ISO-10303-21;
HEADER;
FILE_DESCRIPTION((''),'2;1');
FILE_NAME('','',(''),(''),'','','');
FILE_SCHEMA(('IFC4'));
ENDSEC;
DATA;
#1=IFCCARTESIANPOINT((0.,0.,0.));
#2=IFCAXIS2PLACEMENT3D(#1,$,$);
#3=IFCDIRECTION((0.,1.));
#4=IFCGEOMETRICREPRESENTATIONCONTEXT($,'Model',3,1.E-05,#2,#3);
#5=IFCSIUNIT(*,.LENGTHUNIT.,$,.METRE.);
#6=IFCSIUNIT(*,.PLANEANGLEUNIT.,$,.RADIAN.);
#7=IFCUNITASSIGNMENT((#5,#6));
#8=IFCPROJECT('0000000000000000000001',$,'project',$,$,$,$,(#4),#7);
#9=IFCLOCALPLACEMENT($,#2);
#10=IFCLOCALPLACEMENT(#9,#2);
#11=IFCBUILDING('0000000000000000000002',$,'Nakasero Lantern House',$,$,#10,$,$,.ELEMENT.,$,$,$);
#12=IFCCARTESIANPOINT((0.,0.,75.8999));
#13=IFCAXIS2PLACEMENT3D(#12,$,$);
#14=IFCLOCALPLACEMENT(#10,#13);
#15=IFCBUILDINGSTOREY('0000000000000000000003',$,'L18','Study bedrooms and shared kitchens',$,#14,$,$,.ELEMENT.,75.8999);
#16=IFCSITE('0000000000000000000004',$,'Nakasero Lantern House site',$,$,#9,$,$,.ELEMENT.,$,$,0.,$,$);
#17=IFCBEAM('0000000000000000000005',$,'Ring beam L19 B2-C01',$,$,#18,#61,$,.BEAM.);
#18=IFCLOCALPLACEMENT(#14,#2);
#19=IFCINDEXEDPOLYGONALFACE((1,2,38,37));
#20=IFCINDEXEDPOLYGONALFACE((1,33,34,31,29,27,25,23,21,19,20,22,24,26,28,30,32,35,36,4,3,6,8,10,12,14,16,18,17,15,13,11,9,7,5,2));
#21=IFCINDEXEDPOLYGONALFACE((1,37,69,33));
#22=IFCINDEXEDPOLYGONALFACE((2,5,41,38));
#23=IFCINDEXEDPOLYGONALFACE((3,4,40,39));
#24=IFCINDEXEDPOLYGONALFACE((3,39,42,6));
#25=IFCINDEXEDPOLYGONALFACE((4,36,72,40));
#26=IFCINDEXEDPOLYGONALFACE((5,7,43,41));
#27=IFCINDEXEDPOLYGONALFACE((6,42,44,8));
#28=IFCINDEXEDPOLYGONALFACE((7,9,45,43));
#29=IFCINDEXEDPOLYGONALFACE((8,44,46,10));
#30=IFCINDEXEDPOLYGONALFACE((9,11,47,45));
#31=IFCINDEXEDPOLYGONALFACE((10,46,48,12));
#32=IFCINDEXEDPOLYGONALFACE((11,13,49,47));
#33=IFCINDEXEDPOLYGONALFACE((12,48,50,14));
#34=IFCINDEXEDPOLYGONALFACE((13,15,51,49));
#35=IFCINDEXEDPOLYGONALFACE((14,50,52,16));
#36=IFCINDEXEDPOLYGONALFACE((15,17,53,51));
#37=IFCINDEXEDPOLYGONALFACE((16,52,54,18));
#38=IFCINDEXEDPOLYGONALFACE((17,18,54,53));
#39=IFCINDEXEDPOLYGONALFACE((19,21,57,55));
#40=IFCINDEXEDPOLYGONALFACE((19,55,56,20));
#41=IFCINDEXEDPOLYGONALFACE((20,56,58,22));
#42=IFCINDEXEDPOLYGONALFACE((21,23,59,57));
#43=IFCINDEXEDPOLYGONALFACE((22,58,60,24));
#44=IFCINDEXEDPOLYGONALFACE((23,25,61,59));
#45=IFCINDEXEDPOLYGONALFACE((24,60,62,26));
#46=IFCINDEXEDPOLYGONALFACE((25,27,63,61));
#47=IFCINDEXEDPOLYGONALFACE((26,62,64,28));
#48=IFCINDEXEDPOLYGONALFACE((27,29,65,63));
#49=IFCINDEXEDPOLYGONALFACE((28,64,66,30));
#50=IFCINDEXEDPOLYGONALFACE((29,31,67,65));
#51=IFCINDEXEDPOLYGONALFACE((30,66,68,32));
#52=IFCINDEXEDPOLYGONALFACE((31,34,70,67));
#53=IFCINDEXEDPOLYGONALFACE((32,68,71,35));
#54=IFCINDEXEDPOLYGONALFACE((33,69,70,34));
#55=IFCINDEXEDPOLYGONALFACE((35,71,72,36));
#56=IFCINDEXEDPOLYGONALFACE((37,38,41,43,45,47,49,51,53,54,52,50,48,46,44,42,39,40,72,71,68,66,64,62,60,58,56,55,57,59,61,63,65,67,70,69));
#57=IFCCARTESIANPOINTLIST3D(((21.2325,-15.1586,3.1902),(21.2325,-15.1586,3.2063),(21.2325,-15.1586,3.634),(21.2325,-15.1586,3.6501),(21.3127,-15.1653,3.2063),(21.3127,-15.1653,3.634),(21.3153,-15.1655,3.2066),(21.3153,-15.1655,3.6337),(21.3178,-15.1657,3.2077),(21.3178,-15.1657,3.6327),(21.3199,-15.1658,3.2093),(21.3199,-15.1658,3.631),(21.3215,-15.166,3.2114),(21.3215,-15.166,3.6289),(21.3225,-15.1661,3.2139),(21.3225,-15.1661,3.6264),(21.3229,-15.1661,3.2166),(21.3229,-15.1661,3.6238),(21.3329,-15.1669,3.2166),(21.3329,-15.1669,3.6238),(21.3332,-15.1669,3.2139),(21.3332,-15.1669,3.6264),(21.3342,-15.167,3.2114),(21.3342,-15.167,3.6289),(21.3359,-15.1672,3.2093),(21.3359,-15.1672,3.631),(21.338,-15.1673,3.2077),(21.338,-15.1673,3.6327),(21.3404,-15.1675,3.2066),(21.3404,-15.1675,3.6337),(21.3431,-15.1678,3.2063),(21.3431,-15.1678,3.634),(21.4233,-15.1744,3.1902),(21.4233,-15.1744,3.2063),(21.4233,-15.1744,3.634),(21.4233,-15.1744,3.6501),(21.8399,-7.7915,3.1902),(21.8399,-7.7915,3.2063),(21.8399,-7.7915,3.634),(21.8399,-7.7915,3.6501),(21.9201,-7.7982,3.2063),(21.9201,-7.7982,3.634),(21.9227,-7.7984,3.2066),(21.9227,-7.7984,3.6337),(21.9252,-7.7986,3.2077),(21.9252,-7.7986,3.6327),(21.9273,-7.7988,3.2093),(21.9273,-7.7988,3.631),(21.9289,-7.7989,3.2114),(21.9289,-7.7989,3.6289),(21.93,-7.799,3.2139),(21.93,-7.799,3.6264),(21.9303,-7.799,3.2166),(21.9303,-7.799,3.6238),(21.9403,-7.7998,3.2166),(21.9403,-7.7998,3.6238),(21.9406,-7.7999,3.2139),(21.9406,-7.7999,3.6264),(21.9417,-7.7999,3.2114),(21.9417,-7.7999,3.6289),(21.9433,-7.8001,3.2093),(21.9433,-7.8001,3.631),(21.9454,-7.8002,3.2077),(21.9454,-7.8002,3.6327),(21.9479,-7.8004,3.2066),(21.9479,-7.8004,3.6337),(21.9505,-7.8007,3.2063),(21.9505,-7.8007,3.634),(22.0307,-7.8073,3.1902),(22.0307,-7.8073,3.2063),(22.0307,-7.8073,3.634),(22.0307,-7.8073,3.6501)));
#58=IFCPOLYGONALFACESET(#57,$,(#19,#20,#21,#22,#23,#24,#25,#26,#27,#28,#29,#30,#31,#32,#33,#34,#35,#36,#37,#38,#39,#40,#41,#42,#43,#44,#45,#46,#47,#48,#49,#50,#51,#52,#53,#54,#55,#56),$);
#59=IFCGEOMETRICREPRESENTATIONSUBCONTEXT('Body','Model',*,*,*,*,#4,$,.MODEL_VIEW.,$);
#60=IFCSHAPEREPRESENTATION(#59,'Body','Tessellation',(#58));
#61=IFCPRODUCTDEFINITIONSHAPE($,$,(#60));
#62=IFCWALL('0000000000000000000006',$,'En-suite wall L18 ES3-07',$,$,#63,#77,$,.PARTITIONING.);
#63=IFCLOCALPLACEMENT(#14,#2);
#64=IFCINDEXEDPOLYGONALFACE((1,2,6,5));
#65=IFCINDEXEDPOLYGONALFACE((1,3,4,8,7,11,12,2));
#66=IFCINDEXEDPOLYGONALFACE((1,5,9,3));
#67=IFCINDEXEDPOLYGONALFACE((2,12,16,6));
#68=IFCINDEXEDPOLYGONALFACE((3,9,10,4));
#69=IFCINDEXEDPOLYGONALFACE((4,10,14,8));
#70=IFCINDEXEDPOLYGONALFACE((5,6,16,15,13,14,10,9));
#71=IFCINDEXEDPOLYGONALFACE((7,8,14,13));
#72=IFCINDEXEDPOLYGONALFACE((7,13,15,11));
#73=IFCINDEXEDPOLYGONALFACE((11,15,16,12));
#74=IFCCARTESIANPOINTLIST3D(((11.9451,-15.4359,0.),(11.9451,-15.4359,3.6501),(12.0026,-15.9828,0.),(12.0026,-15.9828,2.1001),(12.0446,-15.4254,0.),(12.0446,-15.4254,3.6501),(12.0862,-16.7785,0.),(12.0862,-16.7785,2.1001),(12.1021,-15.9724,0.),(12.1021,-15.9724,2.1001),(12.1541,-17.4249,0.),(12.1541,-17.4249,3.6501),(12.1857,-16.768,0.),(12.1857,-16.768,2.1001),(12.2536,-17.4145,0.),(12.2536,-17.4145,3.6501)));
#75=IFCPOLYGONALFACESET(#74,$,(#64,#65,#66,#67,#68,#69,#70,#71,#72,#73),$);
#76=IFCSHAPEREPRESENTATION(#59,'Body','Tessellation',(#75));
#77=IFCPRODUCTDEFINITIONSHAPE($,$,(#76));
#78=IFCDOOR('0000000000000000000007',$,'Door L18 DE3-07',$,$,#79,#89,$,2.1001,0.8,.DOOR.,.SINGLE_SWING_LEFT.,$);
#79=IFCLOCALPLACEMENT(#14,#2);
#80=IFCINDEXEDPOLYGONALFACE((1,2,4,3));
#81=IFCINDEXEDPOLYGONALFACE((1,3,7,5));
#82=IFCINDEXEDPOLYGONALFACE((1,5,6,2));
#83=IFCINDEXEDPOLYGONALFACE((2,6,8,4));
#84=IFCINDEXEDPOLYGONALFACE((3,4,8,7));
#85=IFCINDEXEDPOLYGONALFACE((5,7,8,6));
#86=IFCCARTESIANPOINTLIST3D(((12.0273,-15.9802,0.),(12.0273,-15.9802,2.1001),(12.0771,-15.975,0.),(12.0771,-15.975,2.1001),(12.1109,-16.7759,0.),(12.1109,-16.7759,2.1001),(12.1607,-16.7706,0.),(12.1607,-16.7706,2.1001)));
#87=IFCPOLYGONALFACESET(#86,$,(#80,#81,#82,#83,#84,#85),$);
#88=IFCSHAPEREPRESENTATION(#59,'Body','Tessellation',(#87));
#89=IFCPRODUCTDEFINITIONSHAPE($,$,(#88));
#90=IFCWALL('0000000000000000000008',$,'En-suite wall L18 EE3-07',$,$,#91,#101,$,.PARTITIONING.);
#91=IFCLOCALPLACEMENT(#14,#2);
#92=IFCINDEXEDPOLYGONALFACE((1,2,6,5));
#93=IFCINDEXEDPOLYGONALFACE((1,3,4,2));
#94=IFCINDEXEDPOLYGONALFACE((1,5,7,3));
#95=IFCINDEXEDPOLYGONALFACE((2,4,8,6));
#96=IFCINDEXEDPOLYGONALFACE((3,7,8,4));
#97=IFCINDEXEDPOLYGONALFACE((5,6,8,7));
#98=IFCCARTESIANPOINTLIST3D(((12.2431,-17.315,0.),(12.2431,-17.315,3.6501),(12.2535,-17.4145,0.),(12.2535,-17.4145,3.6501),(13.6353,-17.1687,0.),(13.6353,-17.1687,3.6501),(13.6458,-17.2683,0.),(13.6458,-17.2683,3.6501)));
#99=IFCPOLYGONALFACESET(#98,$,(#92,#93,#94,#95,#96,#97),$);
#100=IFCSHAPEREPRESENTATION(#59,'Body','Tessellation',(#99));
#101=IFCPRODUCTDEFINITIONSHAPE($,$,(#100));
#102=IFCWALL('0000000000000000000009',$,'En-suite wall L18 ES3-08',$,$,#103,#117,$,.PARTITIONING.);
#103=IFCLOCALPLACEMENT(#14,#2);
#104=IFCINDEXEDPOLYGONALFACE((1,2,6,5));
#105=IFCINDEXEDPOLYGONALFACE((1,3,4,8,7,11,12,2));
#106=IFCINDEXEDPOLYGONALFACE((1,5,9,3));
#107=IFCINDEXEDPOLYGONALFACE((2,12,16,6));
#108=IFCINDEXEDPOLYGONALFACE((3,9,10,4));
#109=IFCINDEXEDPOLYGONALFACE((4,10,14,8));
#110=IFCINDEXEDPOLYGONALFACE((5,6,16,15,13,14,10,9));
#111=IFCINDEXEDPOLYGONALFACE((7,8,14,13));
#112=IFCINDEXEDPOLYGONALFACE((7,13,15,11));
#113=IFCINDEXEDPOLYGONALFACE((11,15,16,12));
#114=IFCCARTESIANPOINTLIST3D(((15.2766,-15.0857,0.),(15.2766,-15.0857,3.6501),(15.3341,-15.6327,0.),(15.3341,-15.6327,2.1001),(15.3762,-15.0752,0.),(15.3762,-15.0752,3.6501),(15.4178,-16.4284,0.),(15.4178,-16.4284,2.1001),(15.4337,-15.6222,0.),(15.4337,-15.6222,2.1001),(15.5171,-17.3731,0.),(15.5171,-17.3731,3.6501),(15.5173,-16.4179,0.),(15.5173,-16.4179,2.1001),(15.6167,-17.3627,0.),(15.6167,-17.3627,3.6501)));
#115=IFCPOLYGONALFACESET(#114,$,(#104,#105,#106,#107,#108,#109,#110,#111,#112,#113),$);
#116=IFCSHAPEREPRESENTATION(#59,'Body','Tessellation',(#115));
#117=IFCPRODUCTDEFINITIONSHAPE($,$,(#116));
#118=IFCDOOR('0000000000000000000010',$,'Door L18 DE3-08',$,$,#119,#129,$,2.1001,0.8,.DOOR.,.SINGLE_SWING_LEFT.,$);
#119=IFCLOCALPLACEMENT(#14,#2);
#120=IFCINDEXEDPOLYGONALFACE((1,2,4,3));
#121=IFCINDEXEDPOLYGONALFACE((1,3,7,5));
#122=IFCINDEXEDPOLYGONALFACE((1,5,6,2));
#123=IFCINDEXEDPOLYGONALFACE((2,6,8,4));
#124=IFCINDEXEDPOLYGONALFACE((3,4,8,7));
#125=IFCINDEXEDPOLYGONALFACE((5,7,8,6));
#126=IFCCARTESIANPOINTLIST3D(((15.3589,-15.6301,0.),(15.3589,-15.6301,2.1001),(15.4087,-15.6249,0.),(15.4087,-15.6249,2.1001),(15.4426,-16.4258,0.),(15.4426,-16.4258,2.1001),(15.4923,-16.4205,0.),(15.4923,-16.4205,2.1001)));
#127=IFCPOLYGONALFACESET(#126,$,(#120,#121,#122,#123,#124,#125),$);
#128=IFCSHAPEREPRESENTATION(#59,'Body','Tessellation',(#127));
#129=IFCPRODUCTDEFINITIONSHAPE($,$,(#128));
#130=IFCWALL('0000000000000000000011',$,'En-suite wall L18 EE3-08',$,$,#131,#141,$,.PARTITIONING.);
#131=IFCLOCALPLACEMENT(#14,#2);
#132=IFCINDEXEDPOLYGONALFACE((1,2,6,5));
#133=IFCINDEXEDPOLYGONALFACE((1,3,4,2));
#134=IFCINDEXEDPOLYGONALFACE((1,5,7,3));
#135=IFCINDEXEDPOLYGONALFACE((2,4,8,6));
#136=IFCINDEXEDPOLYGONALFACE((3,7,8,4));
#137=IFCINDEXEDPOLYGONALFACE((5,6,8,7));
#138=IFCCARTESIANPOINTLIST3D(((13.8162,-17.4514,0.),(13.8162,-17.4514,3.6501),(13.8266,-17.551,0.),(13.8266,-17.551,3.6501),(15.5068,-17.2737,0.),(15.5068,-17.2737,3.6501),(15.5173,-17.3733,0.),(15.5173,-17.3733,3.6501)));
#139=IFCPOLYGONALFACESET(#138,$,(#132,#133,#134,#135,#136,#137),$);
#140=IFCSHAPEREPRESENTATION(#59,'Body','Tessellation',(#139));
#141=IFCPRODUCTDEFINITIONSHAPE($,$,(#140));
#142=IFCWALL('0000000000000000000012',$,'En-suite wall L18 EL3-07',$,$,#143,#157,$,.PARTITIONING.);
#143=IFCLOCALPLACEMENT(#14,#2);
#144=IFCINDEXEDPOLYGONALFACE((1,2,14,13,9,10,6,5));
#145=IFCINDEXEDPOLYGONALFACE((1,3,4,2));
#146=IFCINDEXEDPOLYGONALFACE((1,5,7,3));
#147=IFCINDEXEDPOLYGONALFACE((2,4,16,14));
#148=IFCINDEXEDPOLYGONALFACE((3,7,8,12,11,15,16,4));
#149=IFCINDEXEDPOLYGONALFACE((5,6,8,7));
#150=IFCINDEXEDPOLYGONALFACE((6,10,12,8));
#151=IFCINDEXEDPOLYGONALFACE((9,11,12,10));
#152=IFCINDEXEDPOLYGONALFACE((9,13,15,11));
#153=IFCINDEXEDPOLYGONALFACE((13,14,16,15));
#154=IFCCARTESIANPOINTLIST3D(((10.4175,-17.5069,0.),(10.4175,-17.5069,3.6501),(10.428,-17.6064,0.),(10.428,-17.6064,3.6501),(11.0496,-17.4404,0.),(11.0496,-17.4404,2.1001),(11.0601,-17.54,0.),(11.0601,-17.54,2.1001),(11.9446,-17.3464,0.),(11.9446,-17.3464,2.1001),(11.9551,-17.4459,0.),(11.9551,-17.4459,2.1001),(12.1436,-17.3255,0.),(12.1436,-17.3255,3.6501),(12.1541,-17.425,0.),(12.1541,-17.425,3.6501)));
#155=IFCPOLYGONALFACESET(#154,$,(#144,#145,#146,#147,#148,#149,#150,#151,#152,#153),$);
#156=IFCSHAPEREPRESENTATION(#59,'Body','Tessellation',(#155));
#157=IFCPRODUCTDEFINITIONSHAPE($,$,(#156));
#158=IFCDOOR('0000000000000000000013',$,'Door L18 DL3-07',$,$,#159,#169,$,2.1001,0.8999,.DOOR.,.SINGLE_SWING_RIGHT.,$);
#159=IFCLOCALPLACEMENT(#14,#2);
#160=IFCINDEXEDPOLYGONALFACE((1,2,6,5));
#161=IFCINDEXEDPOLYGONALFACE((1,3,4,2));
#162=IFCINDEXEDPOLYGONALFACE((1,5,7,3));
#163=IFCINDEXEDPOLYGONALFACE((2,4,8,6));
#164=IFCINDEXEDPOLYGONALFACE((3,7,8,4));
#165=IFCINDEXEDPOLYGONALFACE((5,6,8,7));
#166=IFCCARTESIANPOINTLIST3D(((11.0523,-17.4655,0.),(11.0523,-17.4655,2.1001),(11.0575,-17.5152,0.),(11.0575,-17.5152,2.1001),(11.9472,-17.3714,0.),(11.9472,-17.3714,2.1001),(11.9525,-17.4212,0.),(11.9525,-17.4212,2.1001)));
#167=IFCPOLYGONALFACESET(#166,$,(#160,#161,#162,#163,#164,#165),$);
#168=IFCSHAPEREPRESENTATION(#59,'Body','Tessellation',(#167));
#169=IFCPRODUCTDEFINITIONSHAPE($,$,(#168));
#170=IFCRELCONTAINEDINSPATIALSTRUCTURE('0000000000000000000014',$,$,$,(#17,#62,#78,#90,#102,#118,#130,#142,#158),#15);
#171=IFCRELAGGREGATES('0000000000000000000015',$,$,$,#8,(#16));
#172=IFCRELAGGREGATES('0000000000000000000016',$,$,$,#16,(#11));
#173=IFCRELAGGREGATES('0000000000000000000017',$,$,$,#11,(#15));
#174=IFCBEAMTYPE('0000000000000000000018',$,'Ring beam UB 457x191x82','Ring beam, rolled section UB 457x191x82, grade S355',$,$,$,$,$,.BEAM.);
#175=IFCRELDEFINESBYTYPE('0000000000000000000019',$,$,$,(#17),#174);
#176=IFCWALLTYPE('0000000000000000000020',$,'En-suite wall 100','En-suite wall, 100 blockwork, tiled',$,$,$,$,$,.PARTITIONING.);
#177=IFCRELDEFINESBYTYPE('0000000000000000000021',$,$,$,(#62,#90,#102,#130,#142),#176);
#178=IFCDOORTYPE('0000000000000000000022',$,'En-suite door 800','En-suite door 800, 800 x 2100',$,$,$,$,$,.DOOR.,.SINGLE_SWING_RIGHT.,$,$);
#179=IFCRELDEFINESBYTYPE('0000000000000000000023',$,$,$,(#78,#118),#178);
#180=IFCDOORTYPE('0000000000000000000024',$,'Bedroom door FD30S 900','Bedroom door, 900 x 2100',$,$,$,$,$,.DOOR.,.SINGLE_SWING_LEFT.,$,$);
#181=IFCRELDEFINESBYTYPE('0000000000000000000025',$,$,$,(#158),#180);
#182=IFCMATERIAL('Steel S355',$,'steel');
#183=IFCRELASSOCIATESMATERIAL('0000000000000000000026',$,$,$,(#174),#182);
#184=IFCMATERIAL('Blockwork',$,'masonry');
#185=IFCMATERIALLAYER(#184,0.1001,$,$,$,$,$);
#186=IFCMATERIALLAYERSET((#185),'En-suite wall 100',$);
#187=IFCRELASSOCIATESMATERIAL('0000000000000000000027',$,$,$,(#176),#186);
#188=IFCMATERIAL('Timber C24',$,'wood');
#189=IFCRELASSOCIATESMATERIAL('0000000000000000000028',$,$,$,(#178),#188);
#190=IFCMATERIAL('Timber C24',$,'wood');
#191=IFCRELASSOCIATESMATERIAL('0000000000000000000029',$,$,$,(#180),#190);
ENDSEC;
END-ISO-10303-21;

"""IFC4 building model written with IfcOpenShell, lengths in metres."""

from ifc_helpers import new_model, si_unit, direction, frame, frame_2d, origin, origin_2d, place, context, subcontext, project, spatial, rectangle, i_section, extrude, material, layer, layer_set, material_profile, profile_set, type_object, element, fill, save


model = new_model("IFC4")

# Units and contexts
model_context = context("Model", 3, precision=1e-05, world=origin(), true_north=direction((0.0, 1.0)))
body_context = subcontext(model_context, "Body", "Model", "MODEL_VIEW")
ifc_project = project(units=[si_unit("LENGTHUNIT", "METRE"), si_unit("PLANEANGLEUNIT", "RADIAN")], contexts=[model_context])

# Site, building, storey
site_placement = place(None, origin())
site = spatial("IfcSite", under=ifc_project, at=site_placement, Name="Nakasero Lantern House site", CompositionType="ELEMENT", RefElevation=0.0)
building_placement = place(site_placement, origin())
building = spatial("IfcBuilding", under=site, at=building_placement, Name="Nakasero Lantern House", CompositionType="ELEMENT")
storey_placement = place(building_placement, frame((0.0, 0.0, 75.8999)))
storey = spatial("IfcBuildingStorey", under=building, at=storey_placement, Name="L18", Description="Study bedrooms and shared kitchens", CompositionType="ELEMENT", Elevation=75.8999)

# Beam
ifc_material_1 = material(Name="Steel S355", Category="steel")
ifc_material_profile_1 = material_profile(ifc_material_1, i_section(OverallWidth=0.1914, OverallDepth=0.46, WebThickness=0.01, FlangeThickness=0.0161, FilletRadius=0.0103, at=origin_2d()), Name="UB 457x191x82")
ifc_profile_set_1 = profile_set([ifc_material_profile_1], Name="Steel S355")
beam_type_1 = type_object("IfcBeamType", Name="Ring beam UB 457x191x82", Description="Ring beam, rolled section UB 457x191x82, grade S355", PredefinedType="BEAM", material=ifc_profile_set_1)
beam_1_placement = place(storey_placement, frame((21.3279, -15.1665, 3.4202), z_axis=(0.082171, 0.996618, 0.0), x_axis=(-0.996618, 0.082171, 0.0)))
element("IfcBeam", 1, at=beam_1_placement, inside=storey, type_object=beam_type_1, Name="Ring beam L19 B2-C01", PredefinedType="BEAM", context=body_context, shape_type="SweptSolid", body=[
    extrude(i_section(OverallWidth=0.1914, OverallDepth=0.46, WebThickness=0.01, FlangeThickness=0.0161, FilletRadius=0.0103, at=origin_2d()), origin(), (0.0, 0.0, 1.0), 7.3921),
])

# Wall, opening, door
ifc_material_2 = material(Name="Blockwork", Category="masonry")
ifc_layer_1 = layer(ifc_material_2, 0.1001)
ifc_layer_set_1 = layer_set([ifc_layer_1], Name="En-suite wall 100")
wall_type_1 = type_object("IfcWallType", Name="En-suite wall 100", Description="En-suite wall, 100 blockwork, tiled", PredefinedType="PARTITIONING", material=ifc_layer_set_1)
wall_1_placement = place(storey_placement, frame((11.9949, -15.4307, 0.0), z_axis=(0.0, 0.0, 1.0), x_axis=(0.104494, -0.994526, 0.0)))
wall_1 = element("IfcWall", 2, at=wall_1_placement, inside=storey, type_object=wall_type_1, Name="En-suite wall L18 ES3-07", PredefinedType="PARTITIONING", context=body_context, shape_type="SweptSolid", body=[
    extrude(rectangle(XDim=2.0, YDim=0.1001, at=frame_2d((1.0, 0.0))), origin(), (0.0, 0.0, 1.0), 3.6501),
])
opening_1_placement = place(wall_1_placement, frame((0.55, 0.0, 0.0)))
opening_1 = element("IfcOpeningElement", 3, at=opening_1_placement, cuts=wall_1, PredefinedType="OPENING", context=body_context, shape_type="SweptSolid", body=[
    extrude(rectangle(XDim=0.8, YDim=2.1001, at=frame_2d((0.3999, 1.05))), frame((0.0, 0.0701, 0.0), z_axis=(0.0, -1.0, 0.0), x_axis=(1.0, 0.0, 0.0)), (0.0, 0.0, 1.0), 0.1401),
])
ifc_material_3 = material(Name="Timber C24", Category="wood")
door_type_1 = type_object("IfcDoorType", Name="En-suite door 800", Description="En-suite door 800, 800 x 2100", OperationType="SINGLE_SWING_RIGHT", PredefinedType="DOOR", material=ifc_material_3)
door_1_placement = place(opening_1_placement, origin())
door_1 = element("IfcDoor", 4, at=door_1_placement, inside=storey, type_object=door_type_1, Name="Door L18 DE3-07", OperationType="SINGLE_SWING_LEFT", OverallHeight=2.1001, OverallWidth=0.8, PredefinedType="DOOR", context=body_context, shape_type="SweptSolid", body=[
    extrude(rectangle(XDim=0.8, YDim=2.1001, at=frame_2d((0.3999, 1.05))), frame((0.0, 0.0249, 0.0), z_axis=(0.0, -1.0, 0.0), x_axis=(1.0, 0.0, 0.0)), (0.0, 0.0, 1.0), 0.05),
])
fill(opening_1, door_1)

# Wall
wall_2_placement = place(storey_placement, frame((12.2483, -17.3647, 0.0), z_axis=(0.0, 0.0, 1.0), x_axis=(0.994529, 0.104458, 0.0)))
element("IfcWall", 5, at=wall_2_placement, inside=storey, type_object=wall_type_1, Name="En-suite wall L18 EE3-07", PredefinedType="PARTITIONING", context=body_context, shape_type="SweptSolid", body=[
    extrude(rectangle(XDim=1.3999, YDim=0.1001, at=frame_2d((0.7, 0.0))), origin(), (0.0, 0.0, 1.0), 3.6501),
])

# Wall, opening, door
wall_3_placement = place(storey_placement, frame((15.3264, -15.0806, 0.0), z_axis=(0.0, 0.0, 1.0), x_axis=(0.104558, -0.994519, 0.0)))
wall_3 = element("IfcWall", 6, at=wall_3_placement, inside=storey, type_object=wall_type_1, Name="En-suite wall L18 ES3-08", PredefinedType="PARTITIONING", context=body_context, shape_type="SweptSolid", body=[
    extrude(rectangle(XDim=2.3, YDim=0.1001, at=frame_2d((1.1499, 0.0))), origin(), (0.0, 0.0, 1.0), 3.6501),
])
opening_2_placement = place(wall_3_placement, frame((0.55, 0.0, 0.0)))
opening_2 = element("IfcOpeningElement", 7, at=opening_2_placement, cuts=wall_3, PredefinedType="OPENING", context=body_context, shape_type="SweptSolid", body=[
    extrude(rectangle(XDim=0.8, YDim=2.1001, at=frame_2d((0.3999, 1.05))), frame((0.0, 0.0701, 0.0), z_axis=(0.0, -1.0, 0.0), x_axis=(1.0, 0.0, 0.0)), (0.0, 0.0, 1.0), 0.1401),
])
door_2_placement = place(opening_2_placement, origin())
door_2 = element("IfcDoor", 8, at=door_2_placement, inside=storey, type_object=door_type_1, Name="Door L18 DE3-08", OperationType="SINGLE_SWING_LEFT", OverallHeight=2.1001, OverallWidth=0.8, PredefinedType="DOOR", context=body_context, shape_type="SweptSolid", body=[
    extrude(rectangle(XDim=0.8, YDim=2.1001, at=frame_2d((0.3999, 1.05))), frame((0.0, 0.0249, 0.0), z_axis=(0.0, -1.0, 0.0), x_axis=(1.0, 0.0, 0.0)), (0.0, 0.0, 1.0), 0.05),
])
fill(opening_2, door_2)

# Wall
wall_4_placement = place(storey_placement, frame((13.8213, -17.5012, 0.0), z_axis=(0.0, 0.0, 1.0), x_axis=(0.99452, 0.10455, 0.0)))
element("IfcWall", 9, at=wall_4_placement, inside=storey, type_object=wall_type_1, Name="En-suite wall L18 EE3-08", PredefinedType="PARTITIONING", context=body_context, shape_type="SweptSolid", body=[
    extrude(rectangle(XDim=1.7, YDim=0.1001, at=frame_2d((0.8501, 0.0))), origin(), (0.0, 0.0, 1.0), 3.6501),
])

# Wall, opening, door
wall_5_placement = place(storey_placement, frame((10.4229, -17.5566, 0.0), z_axis=(0.0, 0.0, 1.0), x_axis=(0.994523, 0.104516, 0.0)))
wall_5 = element("IfcWall", 10, at=wall_5_placement, inside=storey, type_object=wall_type_1, Name="En-suite wall L18 EL3-07", PredefinedType="PARTITIONING", context=body_context, shape_type="SweptSolid", body=[
    extrude(rectangle(XDim=1.7356, YDim=0.1001, at=frame_2d((0.8677, 0.0))), origin(), (0.0, 0.0, 1.0), 3.6501),
])
opening_3_placement = place(wall_5_placement, frame((0.6355, 0.0, 0.0)))
opening_3 = element("IfcOpeningElement", 11, at=opening_3_placement, cuts=wall_5, PredefinedType="OPENING", context=body_context, shape_type="SweptSolid", body=[
    extrude(rectangle(XDim=0.8999, YDim=2.1001, at=frame_2d((0.45, 1.05))), frame((0.0, 0.0701, 0.0), z_axis=(0.0, -1.0, 0.0), x_axis=(1.0, 0.0, 0.0)), (0.0, 0.0, 1.0), 0.1401),
])
ifc_material_4 = material(Name="Timber C24", Category="wood")
door_type_2 = type_object("IfcDoorType", Name="Bedroom door FD30S 900", Description="Bedroom door, 900 x 2100", OperationType="SINGLE_SWING_LEFT", PredefinedType="DOOR", material=ifc_material_4)
door_3_placement = place(opening_3_placement, origin())
door_3 = element("IfcDoor", 12, at=door_3_placement, inside=storey, type_object=door_type_2, Name="Door L18 DL3-07", OperationType="SINGLE_SWING_RIGHT", OverallHeight=2.1001, OverallWidth=0.8999, PredefinedType="DOOR", context=body_context, shape_type="SweptSolid", body=[
    extrude(rectangle(XDim=0.8999, YDim=2.1001, at=frame_2d((0.45, 1.05))), frame((0.0, 0.0249, 0.0), z_axis=(0.0, -1.0, 0.0), x_axis=(1.0, 0.0, 0.0)), (0.0, 0.0, 1.0), 0.05),
])
fill(opening_3, door_3)

save(model, "model.ifc")
